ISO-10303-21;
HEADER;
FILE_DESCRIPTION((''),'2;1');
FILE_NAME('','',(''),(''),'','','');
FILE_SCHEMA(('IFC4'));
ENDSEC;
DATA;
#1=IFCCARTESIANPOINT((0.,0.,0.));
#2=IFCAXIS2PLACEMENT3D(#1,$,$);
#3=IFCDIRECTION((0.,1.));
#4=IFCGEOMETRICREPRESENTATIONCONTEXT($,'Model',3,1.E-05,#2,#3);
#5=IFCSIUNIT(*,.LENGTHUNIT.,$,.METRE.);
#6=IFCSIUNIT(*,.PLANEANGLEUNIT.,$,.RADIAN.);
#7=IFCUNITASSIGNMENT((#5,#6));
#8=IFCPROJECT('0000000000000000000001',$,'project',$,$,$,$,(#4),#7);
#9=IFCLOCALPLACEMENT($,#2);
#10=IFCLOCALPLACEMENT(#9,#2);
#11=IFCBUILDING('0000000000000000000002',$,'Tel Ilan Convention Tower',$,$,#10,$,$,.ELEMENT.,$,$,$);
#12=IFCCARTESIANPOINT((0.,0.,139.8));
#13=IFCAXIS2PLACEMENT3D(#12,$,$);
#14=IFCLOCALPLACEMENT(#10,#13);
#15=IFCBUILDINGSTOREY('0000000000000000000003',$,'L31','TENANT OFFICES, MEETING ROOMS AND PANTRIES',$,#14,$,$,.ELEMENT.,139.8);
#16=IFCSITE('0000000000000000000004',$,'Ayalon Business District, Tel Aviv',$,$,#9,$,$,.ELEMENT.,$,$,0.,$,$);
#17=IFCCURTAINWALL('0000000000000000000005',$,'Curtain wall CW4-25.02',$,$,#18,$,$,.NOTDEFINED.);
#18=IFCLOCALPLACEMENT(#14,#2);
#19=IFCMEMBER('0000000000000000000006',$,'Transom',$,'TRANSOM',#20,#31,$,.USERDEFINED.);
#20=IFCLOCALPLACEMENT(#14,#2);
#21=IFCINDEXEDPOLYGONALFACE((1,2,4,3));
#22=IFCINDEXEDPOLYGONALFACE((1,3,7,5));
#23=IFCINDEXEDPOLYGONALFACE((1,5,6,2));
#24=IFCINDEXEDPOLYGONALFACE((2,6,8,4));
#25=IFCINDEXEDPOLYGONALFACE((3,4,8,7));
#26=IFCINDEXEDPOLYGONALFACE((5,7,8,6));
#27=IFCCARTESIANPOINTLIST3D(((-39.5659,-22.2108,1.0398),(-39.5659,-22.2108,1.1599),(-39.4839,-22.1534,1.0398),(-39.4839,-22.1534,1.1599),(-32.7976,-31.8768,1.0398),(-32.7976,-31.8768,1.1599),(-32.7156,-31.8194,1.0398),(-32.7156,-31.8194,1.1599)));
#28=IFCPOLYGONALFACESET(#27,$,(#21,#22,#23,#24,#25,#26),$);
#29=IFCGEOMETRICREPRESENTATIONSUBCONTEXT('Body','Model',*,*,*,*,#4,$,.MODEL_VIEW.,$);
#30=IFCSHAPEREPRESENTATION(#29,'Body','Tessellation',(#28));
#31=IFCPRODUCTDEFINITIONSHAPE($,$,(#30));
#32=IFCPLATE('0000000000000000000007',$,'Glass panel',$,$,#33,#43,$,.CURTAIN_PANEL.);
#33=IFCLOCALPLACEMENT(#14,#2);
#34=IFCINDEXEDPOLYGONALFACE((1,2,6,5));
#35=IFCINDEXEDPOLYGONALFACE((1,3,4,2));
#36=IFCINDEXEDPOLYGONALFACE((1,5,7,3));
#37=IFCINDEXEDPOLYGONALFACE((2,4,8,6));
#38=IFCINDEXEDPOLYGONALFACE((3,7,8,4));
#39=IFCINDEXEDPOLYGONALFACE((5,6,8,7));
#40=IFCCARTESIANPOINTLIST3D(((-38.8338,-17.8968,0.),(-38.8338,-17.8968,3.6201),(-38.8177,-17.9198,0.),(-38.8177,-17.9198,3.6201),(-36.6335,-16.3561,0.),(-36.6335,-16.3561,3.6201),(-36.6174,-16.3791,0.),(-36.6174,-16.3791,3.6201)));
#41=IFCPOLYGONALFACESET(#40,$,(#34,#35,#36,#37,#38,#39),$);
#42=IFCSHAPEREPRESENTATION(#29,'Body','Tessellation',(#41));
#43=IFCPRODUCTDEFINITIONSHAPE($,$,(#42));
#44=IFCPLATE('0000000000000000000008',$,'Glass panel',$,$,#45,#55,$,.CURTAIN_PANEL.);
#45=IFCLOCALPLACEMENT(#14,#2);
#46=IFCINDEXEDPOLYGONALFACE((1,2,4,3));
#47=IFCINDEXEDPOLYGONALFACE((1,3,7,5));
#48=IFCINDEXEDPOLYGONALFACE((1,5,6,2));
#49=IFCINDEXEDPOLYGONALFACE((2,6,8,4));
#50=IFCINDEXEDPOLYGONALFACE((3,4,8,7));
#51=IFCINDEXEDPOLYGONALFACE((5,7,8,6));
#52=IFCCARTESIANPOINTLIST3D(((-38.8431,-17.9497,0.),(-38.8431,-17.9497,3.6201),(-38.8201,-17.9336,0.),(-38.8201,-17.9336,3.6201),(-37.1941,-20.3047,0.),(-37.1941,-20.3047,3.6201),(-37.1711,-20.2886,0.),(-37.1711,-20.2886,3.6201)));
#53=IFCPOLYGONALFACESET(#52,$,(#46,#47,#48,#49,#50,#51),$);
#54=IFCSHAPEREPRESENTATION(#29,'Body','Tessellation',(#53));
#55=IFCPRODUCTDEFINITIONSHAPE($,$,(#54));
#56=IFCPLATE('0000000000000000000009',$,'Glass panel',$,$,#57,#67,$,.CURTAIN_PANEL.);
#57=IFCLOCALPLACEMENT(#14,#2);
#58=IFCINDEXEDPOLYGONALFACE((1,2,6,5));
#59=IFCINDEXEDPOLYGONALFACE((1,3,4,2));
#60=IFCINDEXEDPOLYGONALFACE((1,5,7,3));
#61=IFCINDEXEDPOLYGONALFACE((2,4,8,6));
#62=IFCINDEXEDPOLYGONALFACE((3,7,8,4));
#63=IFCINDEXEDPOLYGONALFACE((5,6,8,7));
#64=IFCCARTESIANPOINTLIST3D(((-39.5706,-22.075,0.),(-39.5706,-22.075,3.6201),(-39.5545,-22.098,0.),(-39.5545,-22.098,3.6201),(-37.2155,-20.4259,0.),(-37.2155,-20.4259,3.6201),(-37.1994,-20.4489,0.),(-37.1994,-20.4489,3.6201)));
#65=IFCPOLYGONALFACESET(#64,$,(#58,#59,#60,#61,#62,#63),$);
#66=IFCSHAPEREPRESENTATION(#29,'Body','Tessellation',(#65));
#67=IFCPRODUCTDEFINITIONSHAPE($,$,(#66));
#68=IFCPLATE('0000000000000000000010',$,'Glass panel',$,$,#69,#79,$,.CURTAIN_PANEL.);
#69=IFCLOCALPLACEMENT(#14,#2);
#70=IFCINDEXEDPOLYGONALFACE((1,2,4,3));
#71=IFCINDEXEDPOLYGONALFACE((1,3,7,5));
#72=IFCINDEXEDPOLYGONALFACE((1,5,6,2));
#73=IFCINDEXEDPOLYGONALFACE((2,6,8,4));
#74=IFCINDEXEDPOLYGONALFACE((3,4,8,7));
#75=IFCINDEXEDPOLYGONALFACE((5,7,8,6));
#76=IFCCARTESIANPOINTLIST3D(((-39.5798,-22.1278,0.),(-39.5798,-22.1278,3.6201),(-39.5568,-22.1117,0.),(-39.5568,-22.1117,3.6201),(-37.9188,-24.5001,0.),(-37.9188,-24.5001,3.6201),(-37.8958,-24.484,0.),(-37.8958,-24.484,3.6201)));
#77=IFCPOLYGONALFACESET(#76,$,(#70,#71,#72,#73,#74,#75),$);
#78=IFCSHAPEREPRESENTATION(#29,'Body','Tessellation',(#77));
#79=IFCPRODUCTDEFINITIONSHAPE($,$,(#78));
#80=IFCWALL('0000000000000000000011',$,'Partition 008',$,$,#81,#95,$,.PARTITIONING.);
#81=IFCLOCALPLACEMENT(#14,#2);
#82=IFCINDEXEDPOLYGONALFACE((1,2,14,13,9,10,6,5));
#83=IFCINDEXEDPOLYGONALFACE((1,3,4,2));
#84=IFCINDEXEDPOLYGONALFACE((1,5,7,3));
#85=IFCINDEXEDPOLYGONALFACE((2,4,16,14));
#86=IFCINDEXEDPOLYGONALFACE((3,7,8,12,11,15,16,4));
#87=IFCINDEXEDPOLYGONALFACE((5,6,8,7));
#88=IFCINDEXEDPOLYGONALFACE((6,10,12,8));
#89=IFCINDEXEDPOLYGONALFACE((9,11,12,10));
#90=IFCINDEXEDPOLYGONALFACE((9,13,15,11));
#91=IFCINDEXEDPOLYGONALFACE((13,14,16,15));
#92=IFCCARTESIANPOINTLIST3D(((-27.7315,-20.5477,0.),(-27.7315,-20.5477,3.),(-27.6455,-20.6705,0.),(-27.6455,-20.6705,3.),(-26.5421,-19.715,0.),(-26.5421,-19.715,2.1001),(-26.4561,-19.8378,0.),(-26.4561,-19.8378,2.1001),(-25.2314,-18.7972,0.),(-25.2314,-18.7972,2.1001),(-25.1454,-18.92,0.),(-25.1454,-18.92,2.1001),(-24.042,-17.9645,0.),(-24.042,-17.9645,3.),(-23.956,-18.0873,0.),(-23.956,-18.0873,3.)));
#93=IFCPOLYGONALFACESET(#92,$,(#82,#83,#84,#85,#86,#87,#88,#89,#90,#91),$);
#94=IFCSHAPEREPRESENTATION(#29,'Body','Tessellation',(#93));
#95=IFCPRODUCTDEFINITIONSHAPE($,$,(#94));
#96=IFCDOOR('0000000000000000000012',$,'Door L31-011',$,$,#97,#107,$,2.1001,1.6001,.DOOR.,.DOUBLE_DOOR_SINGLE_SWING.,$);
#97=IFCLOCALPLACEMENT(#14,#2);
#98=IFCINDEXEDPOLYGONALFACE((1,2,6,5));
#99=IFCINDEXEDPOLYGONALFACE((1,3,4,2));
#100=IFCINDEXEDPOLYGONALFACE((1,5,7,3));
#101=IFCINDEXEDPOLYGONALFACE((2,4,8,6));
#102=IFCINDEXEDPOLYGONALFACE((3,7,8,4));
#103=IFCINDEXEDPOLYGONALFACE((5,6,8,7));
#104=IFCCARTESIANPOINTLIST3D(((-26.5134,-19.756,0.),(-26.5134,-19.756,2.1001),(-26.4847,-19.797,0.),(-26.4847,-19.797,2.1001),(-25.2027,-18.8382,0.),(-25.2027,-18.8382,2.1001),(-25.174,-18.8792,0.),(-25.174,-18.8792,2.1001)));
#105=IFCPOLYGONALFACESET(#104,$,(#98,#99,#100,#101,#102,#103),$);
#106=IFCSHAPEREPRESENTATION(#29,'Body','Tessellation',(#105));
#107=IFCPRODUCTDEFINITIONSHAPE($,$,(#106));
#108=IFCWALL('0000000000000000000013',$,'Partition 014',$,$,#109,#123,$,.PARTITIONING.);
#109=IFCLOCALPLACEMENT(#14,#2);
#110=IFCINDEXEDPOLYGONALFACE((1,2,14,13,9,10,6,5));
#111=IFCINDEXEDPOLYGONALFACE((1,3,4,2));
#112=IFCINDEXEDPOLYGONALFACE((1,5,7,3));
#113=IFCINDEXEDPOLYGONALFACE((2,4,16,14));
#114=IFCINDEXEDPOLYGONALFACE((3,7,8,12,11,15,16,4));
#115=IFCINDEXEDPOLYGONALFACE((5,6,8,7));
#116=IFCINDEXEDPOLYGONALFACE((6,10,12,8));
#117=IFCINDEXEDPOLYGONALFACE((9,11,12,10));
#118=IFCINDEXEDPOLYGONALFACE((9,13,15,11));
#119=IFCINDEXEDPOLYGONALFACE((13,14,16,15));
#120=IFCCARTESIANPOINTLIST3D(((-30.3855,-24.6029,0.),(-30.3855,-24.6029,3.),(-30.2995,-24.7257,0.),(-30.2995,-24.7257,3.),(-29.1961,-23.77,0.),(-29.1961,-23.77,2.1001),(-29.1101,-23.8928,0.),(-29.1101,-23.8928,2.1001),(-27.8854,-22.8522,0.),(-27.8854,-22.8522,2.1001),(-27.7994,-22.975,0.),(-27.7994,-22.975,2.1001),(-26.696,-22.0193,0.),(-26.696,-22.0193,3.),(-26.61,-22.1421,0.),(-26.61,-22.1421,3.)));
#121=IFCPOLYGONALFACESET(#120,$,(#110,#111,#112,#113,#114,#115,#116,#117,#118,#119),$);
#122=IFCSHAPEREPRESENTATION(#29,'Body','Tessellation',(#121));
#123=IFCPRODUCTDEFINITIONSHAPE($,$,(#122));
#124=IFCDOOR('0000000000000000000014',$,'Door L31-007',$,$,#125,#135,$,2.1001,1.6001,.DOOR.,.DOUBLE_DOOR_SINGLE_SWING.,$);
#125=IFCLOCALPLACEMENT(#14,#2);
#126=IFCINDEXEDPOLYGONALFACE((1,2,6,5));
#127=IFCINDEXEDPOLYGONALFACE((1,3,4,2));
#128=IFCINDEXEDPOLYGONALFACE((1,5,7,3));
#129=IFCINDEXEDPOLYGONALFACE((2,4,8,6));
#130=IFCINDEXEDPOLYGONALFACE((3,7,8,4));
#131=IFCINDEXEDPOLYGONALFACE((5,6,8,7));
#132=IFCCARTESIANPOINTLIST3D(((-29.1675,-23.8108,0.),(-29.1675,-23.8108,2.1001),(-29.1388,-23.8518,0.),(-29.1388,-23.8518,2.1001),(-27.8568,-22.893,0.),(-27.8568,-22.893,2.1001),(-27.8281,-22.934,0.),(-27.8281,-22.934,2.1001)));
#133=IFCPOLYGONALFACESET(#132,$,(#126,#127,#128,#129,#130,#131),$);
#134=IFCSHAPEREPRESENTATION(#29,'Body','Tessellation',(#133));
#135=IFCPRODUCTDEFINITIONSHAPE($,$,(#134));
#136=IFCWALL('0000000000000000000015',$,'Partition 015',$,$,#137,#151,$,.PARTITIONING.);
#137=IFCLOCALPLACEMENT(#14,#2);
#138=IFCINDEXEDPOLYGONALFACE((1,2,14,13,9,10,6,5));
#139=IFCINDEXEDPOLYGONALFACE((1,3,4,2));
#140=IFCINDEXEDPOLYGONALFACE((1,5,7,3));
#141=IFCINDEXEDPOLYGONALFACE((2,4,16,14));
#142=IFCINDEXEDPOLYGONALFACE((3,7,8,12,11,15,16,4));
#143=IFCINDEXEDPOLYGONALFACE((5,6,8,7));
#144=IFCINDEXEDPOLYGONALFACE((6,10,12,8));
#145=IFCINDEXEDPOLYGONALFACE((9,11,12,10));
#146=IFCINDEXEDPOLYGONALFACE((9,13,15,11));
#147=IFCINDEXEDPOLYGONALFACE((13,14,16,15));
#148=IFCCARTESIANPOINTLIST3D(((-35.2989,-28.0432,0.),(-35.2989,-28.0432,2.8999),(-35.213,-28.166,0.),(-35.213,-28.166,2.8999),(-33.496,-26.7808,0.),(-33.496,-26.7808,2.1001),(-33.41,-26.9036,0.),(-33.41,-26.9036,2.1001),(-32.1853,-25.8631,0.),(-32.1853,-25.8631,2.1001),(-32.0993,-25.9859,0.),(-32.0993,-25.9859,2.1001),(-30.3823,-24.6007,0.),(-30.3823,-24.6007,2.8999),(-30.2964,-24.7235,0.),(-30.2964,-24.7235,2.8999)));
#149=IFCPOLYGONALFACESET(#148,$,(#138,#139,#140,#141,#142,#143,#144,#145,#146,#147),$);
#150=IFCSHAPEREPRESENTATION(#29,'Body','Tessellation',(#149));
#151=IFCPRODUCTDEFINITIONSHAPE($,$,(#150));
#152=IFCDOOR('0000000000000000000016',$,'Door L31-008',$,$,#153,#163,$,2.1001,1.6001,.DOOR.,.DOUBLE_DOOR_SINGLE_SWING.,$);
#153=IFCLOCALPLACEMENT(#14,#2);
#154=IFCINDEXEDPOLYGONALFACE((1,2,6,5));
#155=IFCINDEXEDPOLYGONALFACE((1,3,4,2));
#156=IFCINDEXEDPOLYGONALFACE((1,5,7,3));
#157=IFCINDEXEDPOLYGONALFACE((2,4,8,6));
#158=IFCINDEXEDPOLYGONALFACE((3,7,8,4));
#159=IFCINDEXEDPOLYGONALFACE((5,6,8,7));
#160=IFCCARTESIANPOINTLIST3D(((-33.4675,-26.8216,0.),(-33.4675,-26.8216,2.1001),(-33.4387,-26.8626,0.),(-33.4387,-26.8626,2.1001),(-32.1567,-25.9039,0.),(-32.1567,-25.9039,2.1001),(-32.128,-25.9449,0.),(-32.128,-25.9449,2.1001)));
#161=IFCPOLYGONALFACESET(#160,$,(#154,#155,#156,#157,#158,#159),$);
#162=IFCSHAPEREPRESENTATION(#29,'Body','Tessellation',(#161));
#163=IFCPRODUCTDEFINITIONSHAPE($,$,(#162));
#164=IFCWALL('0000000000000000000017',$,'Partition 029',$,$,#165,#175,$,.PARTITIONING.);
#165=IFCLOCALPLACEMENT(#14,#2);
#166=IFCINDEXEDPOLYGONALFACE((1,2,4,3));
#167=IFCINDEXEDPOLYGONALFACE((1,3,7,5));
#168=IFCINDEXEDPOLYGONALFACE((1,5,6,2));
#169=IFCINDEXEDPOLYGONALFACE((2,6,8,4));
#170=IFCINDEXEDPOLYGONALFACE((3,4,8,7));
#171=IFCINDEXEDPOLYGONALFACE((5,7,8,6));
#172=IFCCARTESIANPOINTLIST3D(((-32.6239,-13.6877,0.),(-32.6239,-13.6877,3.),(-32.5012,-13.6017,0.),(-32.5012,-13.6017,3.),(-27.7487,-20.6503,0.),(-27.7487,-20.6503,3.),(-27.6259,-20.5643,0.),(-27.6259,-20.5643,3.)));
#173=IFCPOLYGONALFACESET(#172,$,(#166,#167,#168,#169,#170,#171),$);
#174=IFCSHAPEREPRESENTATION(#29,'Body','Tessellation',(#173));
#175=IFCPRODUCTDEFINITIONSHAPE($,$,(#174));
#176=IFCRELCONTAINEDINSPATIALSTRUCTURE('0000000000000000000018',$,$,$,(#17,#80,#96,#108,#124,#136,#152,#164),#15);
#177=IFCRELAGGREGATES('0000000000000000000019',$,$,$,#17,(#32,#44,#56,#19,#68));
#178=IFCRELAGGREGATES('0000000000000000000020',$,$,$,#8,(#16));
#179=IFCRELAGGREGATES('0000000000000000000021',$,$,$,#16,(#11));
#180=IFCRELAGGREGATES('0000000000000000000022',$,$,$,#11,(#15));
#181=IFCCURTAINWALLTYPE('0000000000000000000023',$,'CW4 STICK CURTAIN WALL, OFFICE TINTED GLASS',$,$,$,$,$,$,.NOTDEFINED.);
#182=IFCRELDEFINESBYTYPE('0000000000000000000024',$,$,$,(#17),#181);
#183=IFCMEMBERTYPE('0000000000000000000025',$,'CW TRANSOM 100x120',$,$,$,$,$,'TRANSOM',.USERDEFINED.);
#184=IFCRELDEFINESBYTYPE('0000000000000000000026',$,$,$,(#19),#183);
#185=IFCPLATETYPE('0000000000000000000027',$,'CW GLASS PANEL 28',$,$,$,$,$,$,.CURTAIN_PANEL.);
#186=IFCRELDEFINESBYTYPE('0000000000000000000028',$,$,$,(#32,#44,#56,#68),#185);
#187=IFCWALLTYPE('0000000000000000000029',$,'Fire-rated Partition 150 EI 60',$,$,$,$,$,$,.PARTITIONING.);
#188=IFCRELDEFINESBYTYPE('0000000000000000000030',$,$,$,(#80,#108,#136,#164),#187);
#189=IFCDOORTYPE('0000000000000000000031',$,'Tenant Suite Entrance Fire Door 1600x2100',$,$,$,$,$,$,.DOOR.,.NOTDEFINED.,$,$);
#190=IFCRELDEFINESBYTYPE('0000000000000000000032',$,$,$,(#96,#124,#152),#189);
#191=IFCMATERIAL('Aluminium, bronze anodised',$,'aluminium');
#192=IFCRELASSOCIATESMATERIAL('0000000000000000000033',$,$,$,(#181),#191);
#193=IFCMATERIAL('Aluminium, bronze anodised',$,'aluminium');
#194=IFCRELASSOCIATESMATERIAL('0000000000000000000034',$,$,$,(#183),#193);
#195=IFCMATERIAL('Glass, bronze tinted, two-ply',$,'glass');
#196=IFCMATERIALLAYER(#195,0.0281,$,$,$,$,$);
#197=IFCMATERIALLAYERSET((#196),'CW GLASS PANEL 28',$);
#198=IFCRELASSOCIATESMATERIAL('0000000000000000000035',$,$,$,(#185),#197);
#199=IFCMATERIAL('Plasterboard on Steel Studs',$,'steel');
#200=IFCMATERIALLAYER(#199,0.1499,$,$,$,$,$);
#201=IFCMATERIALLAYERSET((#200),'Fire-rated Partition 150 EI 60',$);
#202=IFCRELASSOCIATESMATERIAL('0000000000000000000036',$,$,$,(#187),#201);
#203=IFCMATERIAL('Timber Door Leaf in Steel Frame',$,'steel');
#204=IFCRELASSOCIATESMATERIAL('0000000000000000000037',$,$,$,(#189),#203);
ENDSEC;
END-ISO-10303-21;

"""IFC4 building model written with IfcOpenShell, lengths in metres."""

from ifc_helpers import new_model, si_unit, direction, frame, frame_2d, origin, origin_2d, place, context, subcontext, project, spatial, rectangle, extrude, material, layer, layer_set, material_profile, profile_set, type_object, element, fill, aggregate, save


model = new_model("IFC4")

# Units and contexts
model_context = context("Model", 3, precision=1e-05, world=origin(), true_north=direction((0.0, 1.0)))
body_context = subcontext(model_context, "Body", "Model", "MODEL_VIEW")
ifc_project = project(units=[si_unit("LENGTHUNIT", "METRE"), si_unit("PLANEANGLEUNIT", "RADIAN")], contexts=[model_context])

# Site, building, storey
site_placement = place(None, origin())
site = spatial("IfcSite", under=ifc_project, at=site_placement, Name="Ayalon Business District, Tel Aviv", CompositionType="ELEMENT", RefElevation=0.0)
building_placement = place(site_placement, origin())
building = spatial("IfcBuilding", under=site, at=building_placement, Name="Tel Ilan Convention Tower", CompositionType="ELEMENT")
storey_placement = place(building_placement, frame((0.0, 0.0, 139.8)))
storey = spatial("IfcBuildingStorey", under=building, at=storey_placement, Name="L31", Description="TENANT OFFICES, MEETING ROOMS AND PANTRIES", CompositionType="ELEMENT", Elevation=139.8)

# Curtain wall, member, plates
ifc_material_1 = material(Name="Aluminium, bronze anodised", Category="aluminium")
curtain_wall_type = type_object("IfcCurtainWallType", Name="CW4 STICK CURTAIN WALL, OFFICE TINTED GLASS", PredefinedType="NOTDEFINED", material=ifc_material_1)
curtain_wall_placement = place(storey_placement, origin())
curtain_wall = element("IfcCurtainWall", 1, at=curtain_wall_placement, inside=storey, type_object=curtain_wall_type, Name="Curtain wall CW4-25.02", PredefinedType="NOTDEFINED")
ifc_material_2 = material(Name="Aluminium, bronze anodised", Category="aluminium")
ifc_material_profile_1 = material_profile(ifc_material_2, rectangle(XDim=0.1001, YDim=0.1201, at=origin_2d()), Name="CW TRANSOM 100x120")
ifc_profile_set_1 = profile_set([ifc_material_profile_1], Name="Aluminium, bronze anodised")
member_type_1 = type_object("IfcMemberType", Name="CW TRANSOM 100x120", ElementType="TRANSOM", PredefinedType="USERDEFINED", material=ifc_profile_set_1)
member_1_placement = place(storey_placement, frame((-39.5249, -22.1821, 1.0999), z_axis=(0.573582, -0.819148, 0.0), x_axis=(0.819148, 0.573582, 0.0)))
member_1 = element("IfcMember", 2, at=member_1_placement, type_object=member_type_1, Name="Transom", ObjectType="TRANSOM", PredefinedType="USERDEFINED", context=body_context, shape_type="SweptSolid", body=[
    extrude(rectangle(XDim=0.1001, YDim=0.1201, at=origin_2d()), origin(), (0.0, 0.0, 1.0), 11.8),
])
ifc_material_3 = material(Name="Glass, bronze tinted, two-ply", Category="glass")
ifc_layer_1 = layer(ifc_material_3, 0.0281)
ifc_layer_set_1 = layer_set([ifc_layer_1], Name="CW GLASS PANEL 28")
plate_type = type_object("IfcPlateType", Name="CW GLASS PANEL 28", PredefinedType="CURTAIN_PANEL", material=ifc_layer_set_1)
plate_1_placement = place(storey_placement, frame((-37.7256, -17.1379, 0.0), z_axis=(0.0, 0.0, 1.0), x_axis=(-0.819152, -0.573576, 0.0)))
plate_1 = element("IfcPlate", 3, at=plate_1_placement, type_object=plate_type, Name="Glass panel", PredefinedType="CURTAIN_PANEL", context=body_context, shape_type="SweptSolid", body=[
    extrude(rectangle(XDim=2.686, YDim=0.0281, at=origin_2d()), origin(), (0.0, 0.0, 1.0), 3.6201),
])
plate_2_placement = place(storey_placement, frame((-38.0071, -19.1191, 0.0), z_axis=(0.0, 0.0, 1.0), x_axis=(0.573576, -0.819152, 0.0)))
plate_2 = element("IfcPlate", 4, at=plate_2_placement, type_object=plate_type, Name="Glass panel", PredefinedType="CURTAIN_PANEL", context=body_context, shape_type="SweptSolid", body=[
    extrude(rectangle(XDim=2.875, YDim=0.0281, at=origin_2d()), origin(), (0.0, 0.0, 1.0), 3.6201),
])
plate_3_placement = place(storey_placement, frame((-38.385, -21.262, 0.0), z_axis=(0.0, 0.0, 1.0), x_axis=(-0.819152, -0.573576, 0.0)))
plate_3 = element("IfcPlate", 5, at=plate_3_placement, type_object=plate_type, Name="Glass panel", PredefinedType="CURTAIN_PANEL", context=body_context, shape_type="SweptSolid", body=[
    extrude(rectangle(XDim=2.875, YDim=0.0281, at=origin_2d()), origin(), (0.0, 0.0, 1.0), 3.6201),
])
plate_4_placement = place(storey_placement, frame((-38.7378, -23.3059, 0.0), z_axis=(0.0, 0.0, 1.0), x_axis=(0.573576, -0.819152, 0.0)))
plate_4 = element("IfcPlate", 6, at=plate_4_placement, type_object=plate_type, Name="Glass panel", PredefinedType="CURTAIN_PANEL", context=body_context, shape_type="SweptSolid", body=[
    extrude(rectangle(XDim=2.896, YDim=0.0281, at=origin_2d()), origin(), (0.0, 0.0, 1.0), 3.6201),
])
aggregate(curtain_wall, [plate_1, plate_2, plate_3, member_1, plate_4])

# Walls, openings, doors
ifc_material_4 = material(Name="Plasterboard on Steel Studs", Category="steel")
ifc_layer_2 = layer(ifc_material_4, 0.1499)
ifc_layer_set_2 = layer_set([ifc_layer_2], Name="Fire-rated Partition 150 EI 60")
wall_type = type_object("IfcWallType", Name="Fire-rated Partition 150 EI 60", PredefinedType="PARTITIONING", material=ifc_layer_set_2)
wall_1_placement = place(storey_placement, frame((-27.6885, -20.6091, 0.0), z_axis=(0.0, 0.0, 1.0), x_axis=(0.819166, 0.573557, 0.0)))
wall_1 = element("IfcWall", 7, at=wall_1_placement, inside=storey, type_object=wall_type, Name="Partition 008", PredefinedType="PARTITIONING", context=body_context, shape_type="SweptSolid", body=[
    extrude(rectangle(XDim=4.5039, YDim=0.1499, at=frame_2d((2.252, 0.0))), origin(), (0.0, 0.0, 1.0), 3.0),
])
opening_1_placement = place(wall_1_placement, frame((1.4519, 0.0, 0.0)))
opening_1 = element("IfcOpeningElement", 8, at=opening_1_placement, cuts=wall_1, PredefinedType="OPENING", context=body_context, shape_type="SweptSolid", body=[
    extrude(rectangle(XDim=1.6001, YDim=2.1001, at=frame_2d((0.8, 1.05))), frame((0.0, 0.085, 0.0), z_axis=(0.0, -1.0, 0.0), x_axis=(1.0, 0.0, 0.0)), (0.0, 0.0, 1.0), 0.1699),
])
ifc_material_5 = material(Name="Timber Door Leaf in Steel Frame", Category="steel")
door_type = type_object("IfcDoorType", Name="Tenant Suite Entrance Fire Door 1600x2100", OperationType="NOTDEFINED", PredefinedType="DOOR", material=ifc_material_5)
door_1_placement = place(opening_1_placement, origin())
door_1 = element("IfcDoor", 9, at=door_1_placement, inside=storey, type_object=door_type, Name="Door L31-011", OperationType="DOUBLE_DOOR_SINGLE_SWING", OverallHeight=2.1001, OverallWidth=1.6001, PredefinedType="DOOR", context=body_context, shape_type="SweptSolid", body=[
    extrude(rectangle(XDim=1.6001, YDim=2.1001, at=frame_2d((0.8, 1.05))), frame((0.0, 0.0249, 0.0), z_axis=(0.0, -1.0, 0.0), x_axis=(1.0, 0.0, 0.0)), (0.0, 0.0, 1.0), 0.05),
])
fill(opening_1, door_1)
wall_2_placement = place(storey_placement, frame((-26.6531, -22.0808, 0.0), z_axis=(0.0, 0.0, 1.0), x_axis=(-0.81914, -0.573593, 0.0)))
wall_2 = element("IfcWall", 10, at=wall_2_placement, inside=storey, type_object=wall_type, Name="Partition 014", PredefinedType="PARTITIONING", context=body_context, shape_type="SweptSolid", body=[
    extrude(rectangle(XDim=4.5042, YDim=0.1499, at=frame_2d((2.252, 0.0))), origin(), (0.0, 0.0, 1.0), 3.0),
])
opening_2_placement = place(wall_2_placement, frame((1.4519, 0.0, 0.0)))
opening_2 = element("IfcOpeningElement", 11, at=opening_2_placement, cuts=wall_2, PredefinedType="OPENING", context=body_context, shape_type="SweptSolid", body=[
    extrude(rectangle(XDim=1.6001, YDim=2.1001, at=frame_2d((0.8, 1.05))), frame((0.0, 0.085, 0.0), z_axis=(0.0, -1.0, 0.0), x_axis=(1.0, 0.0, 0.0)), (0.0, 0.0, 1.0), 0.1699),
])
door_2_placement = place(opening_2_placement, origin())
door_2 = element("IfcDoor", 12, at=door_2_placement, inside=storey, type_object=door_type, Name="Door L31-007", OperationType="DOUBLE_DOOR_SINGLE_SWING", OverallHeight=2.1001, OverallWidth=1.6001, PredefinedType="DOOR", context=body_context, shape_type="SweptSolid", body=[
    extrude(rectangle(XDim=1.6001, YDim=2.1001, at=frame_2d((0.8, 1.05))), frame((0.0, 0.0249, 0.0), z_axis=(0.0, -1.0, 0.0), x_axis=(1.0, 0.0, 0.0)), (0.0, 0.0, 1.0), 0.05),
])
fill(opening_2, door_2)
wall_3_placement = place(storey_placement, frame((-30.3394, -24.6621, 0.0), z_axis=(0.0, 0.0, 1.0), x_axis=(-0.819167, -0.573555, 0.0)))
wall_3 = element("IfcWall", 13, at=wall_3_placement, inside=storey, type_object=wall_type, Name="Partition 015", PredefinedType="PARTITIONING", context=body_context, shape_type="SweptSolid", body=[
    extrude(rectangle(XDim=6.002, YDim=0.1499, at=frame_2d((3.001, 0.0))), origin(), (0.0, 0.0, 1.0), 2.8999),
])
opening_3_placement = place(wall_3_placement, frame((2.2009, 0.0, 0.0)))
opening_3 = element("IfcOpeningElement", 14, at=opening_3_placement, cuts=wall_3, PredefinedType="OPENING", context=body_context, shape_type="SweptSolid", body=[
    extrude(rectangle(XDim=1.6001, YDim=2.1001, at=frame_2d((0.8, 1.05))), frame((0.0, 0.085, 0.0), z_axis=(0.0, -1.0, 0.0), x_axis=(1.0, 0.0, 0.0)), (0.0, 0.0, 1.0), 0.1699),
])
door_3_placement = place(opening_3_placement, origin())
door_3 = element("IfcDoor", 15, at=door_3_placement, inside=storey, type_object=door_type, Name="Door L31-008", OperationType="DOUBLE_DOOR_SINGLE_SWING", OverallHeight=2.1001, OverallWidth=1.6001, PredefinedType="DOOR", context=body_context, shape_type="SweptSolid", body=[
    extrude(rectangle(XDim=1.6001, YDim=2.1001, at=frame_2d((0.8, 1.05))), frame((0.0, 0.0249, 0.0), z_axis=(0.0, -1.0, 0.0), x_axis=(1.0, 0.0, 0.0)), (0.0, 0.0, 1.0), 0.05),
])
fill(opening_3, door_3)

# Wall
wall_4_placement = place(storey_placement, frame((-27.6873, -20.6074, 0.0), z_axis=(0.0, 0.0, 1.0), x_axis=(-0.573572, 0.819155, 0.0)))
element("IfcWall", 16, at=wall_4_placement, inside=storey, type_object=wall_type, Name="Partition 029", PredefinedType="PARTITIONING", context=body_context, shape_type="SweptSolid", body=[
    extrude(rectangle(XDim=8.4998, YDim=0.1499, at=frame_2d((4.25, 0.0))), origin(), (0.0, 0.0, 1.0), 3.0),
])

save(model, "model.ifc")
